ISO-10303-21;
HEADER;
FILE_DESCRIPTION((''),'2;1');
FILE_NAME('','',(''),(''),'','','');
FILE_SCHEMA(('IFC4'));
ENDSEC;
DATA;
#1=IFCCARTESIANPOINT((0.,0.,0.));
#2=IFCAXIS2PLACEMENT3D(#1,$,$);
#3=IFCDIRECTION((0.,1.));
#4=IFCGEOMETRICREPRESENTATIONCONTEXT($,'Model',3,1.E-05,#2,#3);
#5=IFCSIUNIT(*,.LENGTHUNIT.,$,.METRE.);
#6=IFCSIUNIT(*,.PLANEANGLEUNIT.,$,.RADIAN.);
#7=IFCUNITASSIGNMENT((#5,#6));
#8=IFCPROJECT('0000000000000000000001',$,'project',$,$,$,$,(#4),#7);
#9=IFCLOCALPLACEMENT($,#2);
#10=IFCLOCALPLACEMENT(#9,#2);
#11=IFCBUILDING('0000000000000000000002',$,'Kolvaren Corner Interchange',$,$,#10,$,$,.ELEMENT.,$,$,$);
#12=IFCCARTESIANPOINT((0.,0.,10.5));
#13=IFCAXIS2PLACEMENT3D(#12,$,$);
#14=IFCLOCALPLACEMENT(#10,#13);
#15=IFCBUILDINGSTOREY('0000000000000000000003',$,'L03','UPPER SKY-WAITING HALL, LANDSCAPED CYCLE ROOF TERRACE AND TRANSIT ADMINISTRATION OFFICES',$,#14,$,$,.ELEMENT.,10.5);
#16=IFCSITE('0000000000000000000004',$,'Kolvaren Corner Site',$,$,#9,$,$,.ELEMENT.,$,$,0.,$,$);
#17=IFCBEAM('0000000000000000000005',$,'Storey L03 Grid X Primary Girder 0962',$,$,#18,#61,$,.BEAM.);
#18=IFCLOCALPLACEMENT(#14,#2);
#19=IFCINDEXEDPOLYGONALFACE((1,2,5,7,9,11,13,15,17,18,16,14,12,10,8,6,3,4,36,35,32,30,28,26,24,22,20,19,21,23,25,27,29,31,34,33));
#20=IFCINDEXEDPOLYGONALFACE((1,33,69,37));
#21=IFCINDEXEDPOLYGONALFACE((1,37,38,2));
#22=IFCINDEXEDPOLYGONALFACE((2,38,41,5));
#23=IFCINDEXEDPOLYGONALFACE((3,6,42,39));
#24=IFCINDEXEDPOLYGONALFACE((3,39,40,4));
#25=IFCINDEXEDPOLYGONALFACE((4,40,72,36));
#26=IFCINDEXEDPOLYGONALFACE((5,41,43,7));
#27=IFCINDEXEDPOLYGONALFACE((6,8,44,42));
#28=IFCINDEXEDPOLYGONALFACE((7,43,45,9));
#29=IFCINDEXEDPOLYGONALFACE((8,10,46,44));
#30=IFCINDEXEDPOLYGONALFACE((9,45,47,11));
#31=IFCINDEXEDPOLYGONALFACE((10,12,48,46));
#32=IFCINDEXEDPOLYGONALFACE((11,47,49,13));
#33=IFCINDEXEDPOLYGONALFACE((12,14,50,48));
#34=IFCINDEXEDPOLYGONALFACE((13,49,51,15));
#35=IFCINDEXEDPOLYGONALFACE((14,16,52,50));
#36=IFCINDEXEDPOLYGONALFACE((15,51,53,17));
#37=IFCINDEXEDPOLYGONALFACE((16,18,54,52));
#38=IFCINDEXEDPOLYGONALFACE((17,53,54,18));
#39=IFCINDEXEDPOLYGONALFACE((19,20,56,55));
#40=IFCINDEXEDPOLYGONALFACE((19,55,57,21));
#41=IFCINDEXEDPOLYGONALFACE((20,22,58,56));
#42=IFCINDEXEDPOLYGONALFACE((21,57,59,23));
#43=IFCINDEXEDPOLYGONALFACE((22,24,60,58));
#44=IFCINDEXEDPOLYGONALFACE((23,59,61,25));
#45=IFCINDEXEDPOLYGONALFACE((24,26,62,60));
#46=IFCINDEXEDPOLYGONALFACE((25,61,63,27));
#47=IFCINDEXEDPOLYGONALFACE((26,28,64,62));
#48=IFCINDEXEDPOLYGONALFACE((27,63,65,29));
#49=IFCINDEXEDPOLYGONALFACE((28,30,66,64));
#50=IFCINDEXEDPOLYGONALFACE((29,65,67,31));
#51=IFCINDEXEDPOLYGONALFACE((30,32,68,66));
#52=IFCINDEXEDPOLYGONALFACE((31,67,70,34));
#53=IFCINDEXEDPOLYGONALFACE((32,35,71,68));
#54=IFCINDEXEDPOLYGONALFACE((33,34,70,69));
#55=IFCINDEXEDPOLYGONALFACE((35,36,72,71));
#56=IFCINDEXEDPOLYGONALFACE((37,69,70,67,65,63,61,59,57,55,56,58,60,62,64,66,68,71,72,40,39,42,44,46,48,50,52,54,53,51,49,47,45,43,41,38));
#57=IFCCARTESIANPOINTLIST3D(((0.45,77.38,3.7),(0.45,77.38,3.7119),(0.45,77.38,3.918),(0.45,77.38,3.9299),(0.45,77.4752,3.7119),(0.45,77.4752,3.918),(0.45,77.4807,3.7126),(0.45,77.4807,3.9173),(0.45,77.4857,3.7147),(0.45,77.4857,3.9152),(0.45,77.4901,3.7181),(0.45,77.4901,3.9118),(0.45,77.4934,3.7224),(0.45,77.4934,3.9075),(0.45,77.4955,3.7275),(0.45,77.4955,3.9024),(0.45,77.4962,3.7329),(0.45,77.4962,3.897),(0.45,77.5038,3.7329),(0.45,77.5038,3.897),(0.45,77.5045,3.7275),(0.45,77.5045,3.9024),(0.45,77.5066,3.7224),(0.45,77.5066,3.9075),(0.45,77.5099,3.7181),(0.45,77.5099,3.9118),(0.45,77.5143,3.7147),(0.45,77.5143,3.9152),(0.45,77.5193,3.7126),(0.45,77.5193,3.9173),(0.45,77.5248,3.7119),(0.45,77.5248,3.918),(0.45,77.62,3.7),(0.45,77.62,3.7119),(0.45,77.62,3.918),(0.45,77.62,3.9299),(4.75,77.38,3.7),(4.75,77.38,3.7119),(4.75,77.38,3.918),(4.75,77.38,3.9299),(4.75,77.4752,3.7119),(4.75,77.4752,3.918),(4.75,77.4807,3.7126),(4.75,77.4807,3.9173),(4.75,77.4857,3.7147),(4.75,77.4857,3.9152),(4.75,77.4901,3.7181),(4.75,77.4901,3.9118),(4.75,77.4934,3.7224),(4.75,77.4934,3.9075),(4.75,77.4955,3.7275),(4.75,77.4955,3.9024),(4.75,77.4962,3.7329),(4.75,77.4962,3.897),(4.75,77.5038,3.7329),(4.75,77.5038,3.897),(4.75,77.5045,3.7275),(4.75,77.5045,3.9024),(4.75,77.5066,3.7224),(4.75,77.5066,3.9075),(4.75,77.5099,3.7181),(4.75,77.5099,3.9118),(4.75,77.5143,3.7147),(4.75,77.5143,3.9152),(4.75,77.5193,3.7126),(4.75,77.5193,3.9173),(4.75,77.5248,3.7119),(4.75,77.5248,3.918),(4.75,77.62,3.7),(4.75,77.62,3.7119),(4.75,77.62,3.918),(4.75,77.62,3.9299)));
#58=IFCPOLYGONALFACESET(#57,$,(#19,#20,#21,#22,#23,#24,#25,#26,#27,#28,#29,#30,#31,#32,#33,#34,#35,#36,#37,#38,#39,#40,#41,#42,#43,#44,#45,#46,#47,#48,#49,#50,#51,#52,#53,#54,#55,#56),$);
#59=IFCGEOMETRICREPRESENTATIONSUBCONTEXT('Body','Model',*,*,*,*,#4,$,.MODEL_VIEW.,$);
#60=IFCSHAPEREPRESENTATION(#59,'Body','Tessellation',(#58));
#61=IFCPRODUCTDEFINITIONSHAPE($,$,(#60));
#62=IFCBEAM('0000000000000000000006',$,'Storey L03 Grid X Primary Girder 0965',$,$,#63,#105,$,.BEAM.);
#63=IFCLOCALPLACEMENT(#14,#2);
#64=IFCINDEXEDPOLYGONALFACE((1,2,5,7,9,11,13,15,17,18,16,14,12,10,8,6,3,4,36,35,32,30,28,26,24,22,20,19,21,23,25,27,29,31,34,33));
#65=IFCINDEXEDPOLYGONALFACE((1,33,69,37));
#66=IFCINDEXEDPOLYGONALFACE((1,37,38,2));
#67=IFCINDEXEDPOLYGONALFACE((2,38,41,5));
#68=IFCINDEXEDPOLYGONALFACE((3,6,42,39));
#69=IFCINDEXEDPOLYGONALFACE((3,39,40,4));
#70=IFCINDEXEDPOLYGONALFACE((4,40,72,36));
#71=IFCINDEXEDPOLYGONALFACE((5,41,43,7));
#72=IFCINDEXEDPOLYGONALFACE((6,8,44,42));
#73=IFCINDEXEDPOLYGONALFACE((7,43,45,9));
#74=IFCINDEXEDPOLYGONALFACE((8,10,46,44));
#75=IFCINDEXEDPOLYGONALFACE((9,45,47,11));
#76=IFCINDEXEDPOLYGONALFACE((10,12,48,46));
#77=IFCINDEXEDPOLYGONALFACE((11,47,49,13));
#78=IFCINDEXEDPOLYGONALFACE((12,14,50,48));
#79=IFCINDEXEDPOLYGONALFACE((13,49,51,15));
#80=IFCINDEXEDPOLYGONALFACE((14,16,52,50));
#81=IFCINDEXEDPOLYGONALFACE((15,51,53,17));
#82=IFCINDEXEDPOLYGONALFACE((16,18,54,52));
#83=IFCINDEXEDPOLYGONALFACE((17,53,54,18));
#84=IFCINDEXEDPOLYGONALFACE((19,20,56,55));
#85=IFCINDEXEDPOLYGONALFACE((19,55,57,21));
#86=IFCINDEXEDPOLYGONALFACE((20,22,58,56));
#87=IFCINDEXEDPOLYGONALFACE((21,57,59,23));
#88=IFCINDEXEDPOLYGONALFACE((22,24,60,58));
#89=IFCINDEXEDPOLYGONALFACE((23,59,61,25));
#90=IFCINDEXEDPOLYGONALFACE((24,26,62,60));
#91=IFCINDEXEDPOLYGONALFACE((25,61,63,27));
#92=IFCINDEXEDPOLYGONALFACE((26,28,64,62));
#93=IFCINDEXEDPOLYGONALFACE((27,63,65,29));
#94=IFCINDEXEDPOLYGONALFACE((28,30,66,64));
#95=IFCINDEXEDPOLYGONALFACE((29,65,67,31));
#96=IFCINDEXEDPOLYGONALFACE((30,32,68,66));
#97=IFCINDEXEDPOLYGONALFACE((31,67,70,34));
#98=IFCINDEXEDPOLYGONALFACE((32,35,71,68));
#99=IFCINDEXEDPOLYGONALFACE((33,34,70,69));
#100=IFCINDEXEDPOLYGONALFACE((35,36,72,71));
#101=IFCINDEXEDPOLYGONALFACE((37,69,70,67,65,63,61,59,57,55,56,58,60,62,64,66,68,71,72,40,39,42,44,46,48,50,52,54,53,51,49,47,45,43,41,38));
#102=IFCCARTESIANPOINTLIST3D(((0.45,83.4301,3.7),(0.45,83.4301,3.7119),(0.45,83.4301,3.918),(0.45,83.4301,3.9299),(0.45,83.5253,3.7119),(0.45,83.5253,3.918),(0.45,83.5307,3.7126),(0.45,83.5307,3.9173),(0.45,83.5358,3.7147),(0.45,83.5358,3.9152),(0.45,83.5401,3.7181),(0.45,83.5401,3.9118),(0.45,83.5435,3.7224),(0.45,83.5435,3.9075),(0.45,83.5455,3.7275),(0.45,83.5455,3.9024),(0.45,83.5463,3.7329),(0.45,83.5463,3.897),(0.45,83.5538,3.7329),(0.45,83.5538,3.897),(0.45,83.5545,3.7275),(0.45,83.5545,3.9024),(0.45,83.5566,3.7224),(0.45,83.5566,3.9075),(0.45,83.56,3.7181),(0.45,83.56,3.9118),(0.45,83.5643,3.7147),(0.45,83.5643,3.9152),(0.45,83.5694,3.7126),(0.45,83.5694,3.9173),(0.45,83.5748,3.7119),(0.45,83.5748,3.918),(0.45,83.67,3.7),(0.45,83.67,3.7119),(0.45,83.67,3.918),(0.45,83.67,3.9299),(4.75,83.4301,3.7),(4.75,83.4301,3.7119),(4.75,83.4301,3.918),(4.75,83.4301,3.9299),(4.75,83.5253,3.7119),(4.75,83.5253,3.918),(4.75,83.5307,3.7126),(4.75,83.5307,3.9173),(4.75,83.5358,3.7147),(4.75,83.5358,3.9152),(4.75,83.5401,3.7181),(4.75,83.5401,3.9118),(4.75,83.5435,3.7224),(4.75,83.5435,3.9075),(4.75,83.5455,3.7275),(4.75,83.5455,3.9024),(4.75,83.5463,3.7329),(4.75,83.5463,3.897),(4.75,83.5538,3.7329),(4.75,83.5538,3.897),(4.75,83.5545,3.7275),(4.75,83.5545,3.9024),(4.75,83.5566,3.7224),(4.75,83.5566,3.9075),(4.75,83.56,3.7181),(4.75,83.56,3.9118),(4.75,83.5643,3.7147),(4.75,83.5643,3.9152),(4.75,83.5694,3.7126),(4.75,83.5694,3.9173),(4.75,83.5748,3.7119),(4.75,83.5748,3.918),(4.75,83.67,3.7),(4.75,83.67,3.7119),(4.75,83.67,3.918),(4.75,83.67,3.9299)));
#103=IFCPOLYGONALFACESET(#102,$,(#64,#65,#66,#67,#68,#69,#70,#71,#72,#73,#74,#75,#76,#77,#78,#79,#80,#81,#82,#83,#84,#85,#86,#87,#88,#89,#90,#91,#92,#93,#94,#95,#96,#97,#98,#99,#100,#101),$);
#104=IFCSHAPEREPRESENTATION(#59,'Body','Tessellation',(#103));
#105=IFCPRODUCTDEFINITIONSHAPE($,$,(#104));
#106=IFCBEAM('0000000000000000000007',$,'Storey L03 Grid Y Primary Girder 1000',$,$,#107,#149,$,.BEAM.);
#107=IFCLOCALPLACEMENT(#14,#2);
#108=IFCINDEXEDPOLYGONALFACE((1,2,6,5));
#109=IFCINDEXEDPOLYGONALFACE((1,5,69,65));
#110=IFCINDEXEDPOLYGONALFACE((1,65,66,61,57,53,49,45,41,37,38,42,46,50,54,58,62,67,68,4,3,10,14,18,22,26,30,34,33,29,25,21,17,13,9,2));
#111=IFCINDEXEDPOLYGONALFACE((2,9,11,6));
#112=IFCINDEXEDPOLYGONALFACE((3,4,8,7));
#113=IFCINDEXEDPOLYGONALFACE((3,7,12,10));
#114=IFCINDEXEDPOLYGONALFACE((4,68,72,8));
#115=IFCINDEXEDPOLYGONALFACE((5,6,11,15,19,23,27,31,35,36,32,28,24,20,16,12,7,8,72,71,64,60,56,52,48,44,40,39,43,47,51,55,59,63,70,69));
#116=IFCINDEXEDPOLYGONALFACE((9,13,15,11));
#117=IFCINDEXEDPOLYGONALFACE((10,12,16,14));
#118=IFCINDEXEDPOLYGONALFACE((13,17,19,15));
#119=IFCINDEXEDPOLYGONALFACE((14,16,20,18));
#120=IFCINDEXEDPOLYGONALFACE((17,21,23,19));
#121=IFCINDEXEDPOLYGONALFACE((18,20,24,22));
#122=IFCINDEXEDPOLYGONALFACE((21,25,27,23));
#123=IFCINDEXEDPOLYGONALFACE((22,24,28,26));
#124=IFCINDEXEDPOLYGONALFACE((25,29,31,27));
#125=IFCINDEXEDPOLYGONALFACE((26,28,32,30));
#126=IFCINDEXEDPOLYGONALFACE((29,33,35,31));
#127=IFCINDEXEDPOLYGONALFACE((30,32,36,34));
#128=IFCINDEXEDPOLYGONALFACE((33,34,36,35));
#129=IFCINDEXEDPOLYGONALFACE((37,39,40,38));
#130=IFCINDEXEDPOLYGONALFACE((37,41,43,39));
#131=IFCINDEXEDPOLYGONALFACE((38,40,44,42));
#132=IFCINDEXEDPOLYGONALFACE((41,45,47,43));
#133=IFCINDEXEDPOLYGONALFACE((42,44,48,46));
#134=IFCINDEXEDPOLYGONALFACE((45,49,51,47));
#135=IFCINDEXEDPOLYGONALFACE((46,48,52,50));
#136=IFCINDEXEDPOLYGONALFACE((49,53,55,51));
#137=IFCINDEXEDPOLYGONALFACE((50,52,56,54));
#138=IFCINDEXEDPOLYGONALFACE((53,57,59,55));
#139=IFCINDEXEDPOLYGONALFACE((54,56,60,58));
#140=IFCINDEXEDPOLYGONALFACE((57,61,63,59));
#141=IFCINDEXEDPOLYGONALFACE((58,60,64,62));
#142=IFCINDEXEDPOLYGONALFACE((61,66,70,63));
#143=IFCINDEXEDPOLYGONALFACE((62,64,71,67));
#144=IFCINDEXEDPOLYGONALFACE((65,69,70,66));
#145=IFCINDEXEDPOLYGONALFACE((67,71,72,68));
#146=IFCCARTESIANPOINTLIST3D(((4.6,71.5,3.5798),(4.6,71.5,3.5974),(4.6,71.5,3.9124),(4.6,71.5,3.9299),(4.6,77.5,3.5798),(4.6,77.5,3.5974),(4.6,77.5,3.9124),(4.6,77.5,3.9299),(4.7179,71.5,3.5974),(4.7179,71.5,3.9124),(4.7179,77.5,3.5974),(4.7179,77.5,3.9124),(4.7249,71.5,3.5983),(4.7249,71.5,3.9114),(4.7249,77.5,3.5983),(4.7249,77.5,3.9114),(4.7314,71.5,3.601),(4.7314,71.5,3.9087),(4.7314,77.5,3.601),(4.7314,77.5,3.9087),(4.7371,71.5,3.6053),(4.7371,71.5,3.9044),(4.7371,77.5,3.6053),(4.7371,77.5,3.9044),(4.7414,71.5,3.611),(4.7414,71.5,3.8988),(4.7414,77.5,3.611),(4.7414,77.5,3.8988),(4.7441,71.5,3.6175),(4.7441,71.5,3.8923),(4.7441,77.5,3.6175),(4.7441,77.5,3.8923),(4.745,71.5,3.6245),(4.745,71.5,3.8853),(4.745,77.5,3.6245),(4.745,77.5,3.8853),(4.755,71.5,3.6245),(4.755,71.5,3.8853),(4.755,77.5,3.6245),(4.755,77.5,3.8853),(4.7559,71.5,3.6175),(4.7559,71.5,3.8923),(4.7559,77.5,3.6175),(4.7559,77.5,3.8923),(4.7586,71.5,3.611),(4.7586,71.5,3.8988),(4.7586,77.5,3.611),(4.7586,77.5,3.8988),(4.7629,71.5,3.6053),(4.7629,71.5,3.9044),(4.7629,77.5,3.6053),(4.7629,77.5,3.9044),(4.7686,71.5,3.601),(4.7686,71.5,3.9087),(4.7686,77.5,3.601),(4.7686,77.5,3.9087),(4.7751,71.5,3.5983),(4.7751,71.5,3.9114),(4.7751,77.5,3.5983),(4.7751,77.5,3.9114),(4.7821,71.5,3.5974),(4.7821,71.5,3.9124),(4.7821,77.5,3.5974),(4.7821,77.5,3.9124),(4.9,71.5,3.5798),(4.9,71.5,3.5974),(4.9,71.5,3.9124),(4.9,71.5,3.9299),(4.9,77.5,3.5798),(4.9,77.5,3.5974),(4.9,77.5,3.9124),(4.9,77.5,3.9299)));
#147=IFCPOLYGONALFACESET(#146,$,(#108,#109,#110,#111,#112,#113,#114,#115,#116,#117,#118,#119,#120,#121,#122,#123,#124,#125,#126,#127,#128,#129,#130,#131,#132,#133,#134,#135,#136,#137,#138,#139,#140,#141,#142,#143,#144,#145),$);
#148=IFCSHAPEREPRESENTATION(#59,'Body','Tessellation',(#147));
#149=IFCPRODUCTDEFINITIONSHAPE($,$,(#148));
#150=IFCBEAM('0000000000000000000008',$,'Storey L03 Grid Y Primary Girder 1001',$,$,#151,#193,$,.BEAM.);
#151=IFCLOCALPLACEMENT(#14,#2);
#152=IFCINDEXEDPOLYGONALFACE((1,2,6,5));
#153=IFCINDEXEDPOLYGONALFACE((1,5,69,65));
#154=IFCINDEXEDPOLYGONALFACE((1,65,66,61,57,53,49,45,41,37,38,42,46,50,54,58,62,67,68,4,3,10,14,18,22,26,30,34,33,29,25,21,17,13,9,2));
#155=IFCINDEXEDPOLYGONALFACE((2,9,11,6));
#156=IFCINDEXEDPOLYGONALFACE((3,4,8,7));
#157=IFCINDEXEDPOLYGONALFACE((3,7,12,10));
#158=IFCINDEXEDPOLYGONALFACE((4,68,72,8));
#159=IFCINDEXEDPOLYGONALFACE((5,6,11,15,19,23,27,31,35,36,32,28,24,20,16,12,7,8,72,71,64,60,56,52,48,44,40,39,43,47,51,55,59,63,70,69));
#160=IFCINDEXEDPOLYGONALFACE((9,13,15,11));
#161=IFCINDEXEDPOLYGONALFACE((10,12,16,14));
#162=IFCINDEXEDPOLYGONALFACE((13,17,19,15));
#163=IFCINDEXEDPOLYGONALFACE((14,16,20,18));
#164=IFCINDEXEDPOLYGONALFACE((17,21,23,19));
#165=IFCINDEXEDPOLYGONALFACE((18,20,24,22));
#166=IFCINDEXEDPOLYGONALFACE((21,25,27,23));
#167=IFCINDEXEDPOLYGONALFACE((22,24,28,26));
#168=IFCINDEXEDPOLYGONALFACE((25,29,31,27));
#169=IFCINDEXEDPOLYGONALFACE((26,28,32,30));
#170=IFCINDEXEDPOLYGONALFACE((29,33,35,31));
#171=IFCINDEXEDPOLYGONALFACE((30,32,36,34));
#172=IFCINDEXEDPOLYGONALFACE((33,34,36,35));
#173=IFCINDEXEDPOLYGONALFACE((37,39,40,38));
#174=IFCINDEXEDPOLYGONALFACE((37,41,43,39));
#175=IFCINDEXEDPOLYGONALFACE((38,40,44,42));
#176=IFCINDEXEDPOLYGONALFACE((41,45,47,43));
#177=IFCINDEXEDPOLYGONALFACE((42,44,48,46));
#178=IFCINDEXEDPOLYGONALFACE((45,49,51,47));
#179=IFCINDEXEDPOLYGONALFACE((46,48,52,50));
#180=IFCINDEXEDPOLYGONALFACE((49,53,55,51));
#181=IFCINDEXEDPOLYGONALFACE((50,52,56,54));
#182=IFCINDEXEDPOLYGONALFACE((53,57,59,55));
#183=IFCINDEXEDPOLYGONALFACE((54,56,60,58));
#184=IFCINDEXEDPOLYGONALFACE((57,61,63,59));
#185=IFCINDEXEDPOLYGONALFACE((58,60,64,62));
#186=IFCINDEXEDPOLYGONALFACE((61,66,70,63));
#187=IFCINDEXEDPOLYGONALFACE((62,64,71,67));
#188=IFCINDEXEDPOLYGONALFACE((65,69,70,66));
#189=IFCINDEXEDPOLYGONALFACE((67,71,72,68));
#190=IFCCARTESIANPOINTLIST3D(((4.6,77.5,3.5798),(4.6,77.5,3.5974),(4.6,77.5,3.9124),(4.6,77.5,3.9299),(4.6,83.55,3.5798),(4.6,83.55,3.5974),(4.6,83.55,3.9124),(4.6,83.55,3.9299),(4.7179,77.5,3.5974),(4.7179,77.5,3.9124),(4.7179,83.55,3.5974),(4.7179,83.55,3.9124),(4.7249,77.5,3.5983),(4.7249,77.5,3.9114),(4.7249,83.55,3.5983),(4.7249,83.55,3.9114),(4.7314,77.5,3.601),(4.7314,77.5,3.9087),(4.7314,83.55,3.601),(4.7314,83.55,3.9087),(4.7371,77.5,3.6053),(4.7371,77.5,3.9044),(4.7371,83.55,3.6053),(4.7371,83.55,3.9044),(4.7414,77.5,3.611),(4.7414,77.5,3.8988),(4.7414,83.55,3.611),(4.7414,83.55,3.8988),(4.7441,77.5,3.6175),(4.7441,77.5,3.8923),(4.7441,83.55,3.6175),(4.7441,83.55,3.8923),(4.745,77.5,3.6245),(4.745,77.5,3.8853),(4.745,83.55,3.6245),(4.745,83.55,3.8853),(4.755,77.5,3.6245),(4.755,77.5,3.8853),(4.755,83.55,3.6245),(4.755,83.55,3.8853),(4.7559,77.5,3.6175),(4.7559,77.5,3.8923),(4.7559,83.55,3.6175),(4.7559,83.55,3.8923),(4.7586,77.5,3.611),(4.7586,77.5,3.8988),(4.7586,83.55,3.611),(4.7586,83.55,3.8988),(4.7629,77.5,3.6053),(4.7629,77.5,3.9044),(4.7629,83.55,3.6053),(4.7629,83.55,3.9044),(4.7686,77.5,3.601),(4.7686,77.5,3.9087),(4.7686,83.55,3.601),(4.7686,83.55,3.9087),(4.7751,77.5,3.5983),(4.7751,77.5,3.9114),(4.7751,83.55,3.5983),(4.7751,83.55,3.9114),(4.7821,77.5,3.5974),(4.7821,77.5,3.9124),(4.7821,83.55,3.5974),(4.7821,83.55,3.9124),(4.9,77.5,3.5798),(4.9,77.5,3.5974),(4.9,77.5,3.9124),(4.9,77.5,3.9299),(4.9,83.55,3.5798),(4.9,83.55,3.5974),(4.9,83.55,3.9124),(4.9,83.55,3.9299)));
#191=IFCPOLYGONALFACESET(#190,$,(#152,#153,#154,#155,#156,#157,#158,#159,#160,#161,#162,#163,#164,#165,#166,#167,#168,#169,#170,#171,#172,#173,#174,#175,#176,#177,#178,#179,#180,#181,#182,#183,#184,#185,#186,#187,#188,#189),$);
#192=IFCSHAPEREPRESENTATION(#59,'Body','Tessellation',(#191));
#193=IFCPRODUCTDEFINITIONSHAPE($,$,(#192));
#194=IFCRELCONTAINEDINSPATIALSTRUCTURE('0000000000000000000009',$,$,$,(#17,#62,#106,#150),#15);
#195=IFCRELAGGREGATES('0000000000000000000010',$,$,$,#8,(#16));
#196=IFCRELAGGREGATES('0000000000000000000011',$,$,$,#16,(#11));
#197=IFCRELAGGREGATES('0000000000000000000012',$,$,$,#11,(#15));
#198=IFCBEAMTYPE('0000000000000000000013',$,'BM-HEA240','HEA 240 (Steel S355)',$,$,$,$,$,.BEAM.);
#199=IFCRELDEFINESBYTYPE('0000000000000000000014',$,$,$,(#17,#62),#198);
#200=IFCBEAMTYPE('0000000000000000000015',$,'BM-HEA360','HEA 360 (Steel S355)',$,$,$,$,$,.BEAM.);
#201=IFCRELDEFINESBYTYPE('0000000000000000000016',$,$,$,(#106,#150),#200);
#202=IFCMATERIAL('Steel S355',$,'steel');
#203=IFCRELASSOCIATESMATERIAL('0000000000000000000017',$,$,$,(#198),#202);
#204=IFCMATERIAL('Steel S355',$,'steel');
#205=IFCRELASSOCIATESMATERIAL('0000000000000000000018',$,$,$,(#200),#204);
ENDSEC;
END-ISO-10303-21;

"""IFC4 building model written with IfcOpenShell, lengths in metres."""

from ifc_helpers import new_model, si_unit, direction, frame, origin, origin_2d, place, context, subcontext, project, spatial, i_section, extrude, material, material_profile, profile_set, type_object, element, save


model = new_model("IFC4")

# Units and contexts
model_context = context("Model", 3, precision=1e-05, world=origin(), true_north=direction((0.0, 1.0)))
body_context = subcontext(model_context, "Body", "Model", "MODEL_VIEW")
ifc_project = project(units=[si_unit("LENGTHUNIT", "METRE"), si_unit("PLANEANGLEUNIT", "RADIAN")], contexts=[model_context])

# Site, building, storey
site_placement = place(None, origin())
site = spatial("IfcSite", under=ifc_project, at=site_placement, Name="Kolvaren Corner Site", CompositionType="ELEMENT", RefElevation=0.0)
building_placement = place(site_placement, origin())
building = spatial("IfcBuilding", under=site, at=building_placement, Name="Kolvaren Corner Interchange", CompositionType="ELEMENT")
storey_placement = place(building_placement, frame((0.0, 0.0, 10.5)))
storey = spatial("IfcBuildingStorey", under=building, at=storey_placement, Name="L03", Description="UPPER SKY-WAITING HALL, LANDSCAPED CYCLE ROOF TERRACE AND TRANSIT ADMINISTRATION OFFICES", CompositionType="ELEMENT", Elevation=10.5)

# Beams
ifc_material_1 = material(Name="Steel S355", Category="steel")
ifc_material_profile_1 = material_profile(ifc_material_1, i_section(OverallWidth=0.24, OverallDepth=0.23, WebThickness=0.0076, FlangeThickness=0.012, FilletRadius=0.021, at=origin_2d()), Name="HEA 240")
ifc_profile_set_1 = profile_set([ifc_material_profile_1], Name="Steel S355")
beam_type_1 = type_object("IfcBeamType", Name="BM-HEA240", Description="HEA 240 (Steel S355)", PredefinedType="BEAM", material=ifc_profile_set_1)
for number, where, z_axis, x_axis, name in (
    (1, (0.45, 77.5, 3.8149), (1.0, 0.0, 0.0), (0.0, 1.0, 0.0), "Storey L03 Grid X Primary Girder 0962"),
    (2, (0.45, 83.55, 3.8149), (1.0, 0.0, 0.0), (0.0, 1.0, 0.0), "Storey L03 Grid X Primary Girder 0965"),
):
    element("IfcBeam", number, at=place(storey_placement, frame(where, z_axis=z_axis, x_axis=x_axis)), inside=storey, type_object=beam_type_1, Name=name, PredefinedType="BEAM", context=body_context, shape_type="SweptSolid", body=[
        extrude(i_section(OverallWidth=0.24, OverallDepth=0.23, WebThickness=0.0076, FlangeThickness=0.012, FilletRadius=0.021, at=origin_2d()), origin(), (0.0, 0.0, 1.0), 4.3),
    ])
ifc_material_2 = material(Name="Steel S355", Category="steel")
ifc_material_profile_2 = material_profile(ifc_material_2, i_section(OverallWidth=0.3, OverallDepth=0.3501, WebThickness=0.01, FlangeThickness=0.0176, FilletRadius=0.0271, at=origin_2d()), Name="HEA 360")
ifc_profile_set_2 = profile_set([ifc_material_profile_2], Name="Steel S355")
beam_type_2 = type_object("IfcBeamType", Name="BM-HEA360", Description="HEA 360 (Steel S355)", PredefinedType="BEAM", material=ifc_profile_set_2)
beam_1_placement = place(storey_placement, frame((4.75, 71.5, 3.7549), z_axis=(0.0, 1.0, 0.0), x_axis=(-1.0, 0.0, 0.0)))
element("IfcBeam", 3, at=beam_1_placement, inside=storey, type_object=beam_type_2, Name="Storey L03 Grid Y Primary Girder 1000", PredefinedType="BEAM", context=body_context, shape_type="SweptSolid", body=[
    extrude(i_section(OverallWidth=0.3, OverallDepth=0.3501, WebThickness=0.01, FlangeThickness=0.0176, FilletRadius=0.0271, at=origin_2d()), origin(), (0.0, 0.0, 1.0), 6.0),
])
beam_2_placement = place(storey_placement, frame((4.75, 77.5, 3.7549), z_axis=(0.0, 1.0, 0.0), x_axis=(-1.0, 0.0, 0.0)))
element("IfcBeam", 4, at=beam_2_placement, inside=storey, type_object=beam_type_2, Name="Storey L03 Grid Y Primary Girder 1001", PredefinedType="BEAM", context=body_context, shape_type="SweptSolid", body=[
    extrude(i_section(OverallWidth=0.3, OverallDepth=0.3501, WebThickness=0.01, FlangeThickness=0.0176, FilletRadius=0.0271, at=origin_2d()), origin(), (0.0, 0.0, 1.0), 6.05),
])

save(model, "model.ifc")
